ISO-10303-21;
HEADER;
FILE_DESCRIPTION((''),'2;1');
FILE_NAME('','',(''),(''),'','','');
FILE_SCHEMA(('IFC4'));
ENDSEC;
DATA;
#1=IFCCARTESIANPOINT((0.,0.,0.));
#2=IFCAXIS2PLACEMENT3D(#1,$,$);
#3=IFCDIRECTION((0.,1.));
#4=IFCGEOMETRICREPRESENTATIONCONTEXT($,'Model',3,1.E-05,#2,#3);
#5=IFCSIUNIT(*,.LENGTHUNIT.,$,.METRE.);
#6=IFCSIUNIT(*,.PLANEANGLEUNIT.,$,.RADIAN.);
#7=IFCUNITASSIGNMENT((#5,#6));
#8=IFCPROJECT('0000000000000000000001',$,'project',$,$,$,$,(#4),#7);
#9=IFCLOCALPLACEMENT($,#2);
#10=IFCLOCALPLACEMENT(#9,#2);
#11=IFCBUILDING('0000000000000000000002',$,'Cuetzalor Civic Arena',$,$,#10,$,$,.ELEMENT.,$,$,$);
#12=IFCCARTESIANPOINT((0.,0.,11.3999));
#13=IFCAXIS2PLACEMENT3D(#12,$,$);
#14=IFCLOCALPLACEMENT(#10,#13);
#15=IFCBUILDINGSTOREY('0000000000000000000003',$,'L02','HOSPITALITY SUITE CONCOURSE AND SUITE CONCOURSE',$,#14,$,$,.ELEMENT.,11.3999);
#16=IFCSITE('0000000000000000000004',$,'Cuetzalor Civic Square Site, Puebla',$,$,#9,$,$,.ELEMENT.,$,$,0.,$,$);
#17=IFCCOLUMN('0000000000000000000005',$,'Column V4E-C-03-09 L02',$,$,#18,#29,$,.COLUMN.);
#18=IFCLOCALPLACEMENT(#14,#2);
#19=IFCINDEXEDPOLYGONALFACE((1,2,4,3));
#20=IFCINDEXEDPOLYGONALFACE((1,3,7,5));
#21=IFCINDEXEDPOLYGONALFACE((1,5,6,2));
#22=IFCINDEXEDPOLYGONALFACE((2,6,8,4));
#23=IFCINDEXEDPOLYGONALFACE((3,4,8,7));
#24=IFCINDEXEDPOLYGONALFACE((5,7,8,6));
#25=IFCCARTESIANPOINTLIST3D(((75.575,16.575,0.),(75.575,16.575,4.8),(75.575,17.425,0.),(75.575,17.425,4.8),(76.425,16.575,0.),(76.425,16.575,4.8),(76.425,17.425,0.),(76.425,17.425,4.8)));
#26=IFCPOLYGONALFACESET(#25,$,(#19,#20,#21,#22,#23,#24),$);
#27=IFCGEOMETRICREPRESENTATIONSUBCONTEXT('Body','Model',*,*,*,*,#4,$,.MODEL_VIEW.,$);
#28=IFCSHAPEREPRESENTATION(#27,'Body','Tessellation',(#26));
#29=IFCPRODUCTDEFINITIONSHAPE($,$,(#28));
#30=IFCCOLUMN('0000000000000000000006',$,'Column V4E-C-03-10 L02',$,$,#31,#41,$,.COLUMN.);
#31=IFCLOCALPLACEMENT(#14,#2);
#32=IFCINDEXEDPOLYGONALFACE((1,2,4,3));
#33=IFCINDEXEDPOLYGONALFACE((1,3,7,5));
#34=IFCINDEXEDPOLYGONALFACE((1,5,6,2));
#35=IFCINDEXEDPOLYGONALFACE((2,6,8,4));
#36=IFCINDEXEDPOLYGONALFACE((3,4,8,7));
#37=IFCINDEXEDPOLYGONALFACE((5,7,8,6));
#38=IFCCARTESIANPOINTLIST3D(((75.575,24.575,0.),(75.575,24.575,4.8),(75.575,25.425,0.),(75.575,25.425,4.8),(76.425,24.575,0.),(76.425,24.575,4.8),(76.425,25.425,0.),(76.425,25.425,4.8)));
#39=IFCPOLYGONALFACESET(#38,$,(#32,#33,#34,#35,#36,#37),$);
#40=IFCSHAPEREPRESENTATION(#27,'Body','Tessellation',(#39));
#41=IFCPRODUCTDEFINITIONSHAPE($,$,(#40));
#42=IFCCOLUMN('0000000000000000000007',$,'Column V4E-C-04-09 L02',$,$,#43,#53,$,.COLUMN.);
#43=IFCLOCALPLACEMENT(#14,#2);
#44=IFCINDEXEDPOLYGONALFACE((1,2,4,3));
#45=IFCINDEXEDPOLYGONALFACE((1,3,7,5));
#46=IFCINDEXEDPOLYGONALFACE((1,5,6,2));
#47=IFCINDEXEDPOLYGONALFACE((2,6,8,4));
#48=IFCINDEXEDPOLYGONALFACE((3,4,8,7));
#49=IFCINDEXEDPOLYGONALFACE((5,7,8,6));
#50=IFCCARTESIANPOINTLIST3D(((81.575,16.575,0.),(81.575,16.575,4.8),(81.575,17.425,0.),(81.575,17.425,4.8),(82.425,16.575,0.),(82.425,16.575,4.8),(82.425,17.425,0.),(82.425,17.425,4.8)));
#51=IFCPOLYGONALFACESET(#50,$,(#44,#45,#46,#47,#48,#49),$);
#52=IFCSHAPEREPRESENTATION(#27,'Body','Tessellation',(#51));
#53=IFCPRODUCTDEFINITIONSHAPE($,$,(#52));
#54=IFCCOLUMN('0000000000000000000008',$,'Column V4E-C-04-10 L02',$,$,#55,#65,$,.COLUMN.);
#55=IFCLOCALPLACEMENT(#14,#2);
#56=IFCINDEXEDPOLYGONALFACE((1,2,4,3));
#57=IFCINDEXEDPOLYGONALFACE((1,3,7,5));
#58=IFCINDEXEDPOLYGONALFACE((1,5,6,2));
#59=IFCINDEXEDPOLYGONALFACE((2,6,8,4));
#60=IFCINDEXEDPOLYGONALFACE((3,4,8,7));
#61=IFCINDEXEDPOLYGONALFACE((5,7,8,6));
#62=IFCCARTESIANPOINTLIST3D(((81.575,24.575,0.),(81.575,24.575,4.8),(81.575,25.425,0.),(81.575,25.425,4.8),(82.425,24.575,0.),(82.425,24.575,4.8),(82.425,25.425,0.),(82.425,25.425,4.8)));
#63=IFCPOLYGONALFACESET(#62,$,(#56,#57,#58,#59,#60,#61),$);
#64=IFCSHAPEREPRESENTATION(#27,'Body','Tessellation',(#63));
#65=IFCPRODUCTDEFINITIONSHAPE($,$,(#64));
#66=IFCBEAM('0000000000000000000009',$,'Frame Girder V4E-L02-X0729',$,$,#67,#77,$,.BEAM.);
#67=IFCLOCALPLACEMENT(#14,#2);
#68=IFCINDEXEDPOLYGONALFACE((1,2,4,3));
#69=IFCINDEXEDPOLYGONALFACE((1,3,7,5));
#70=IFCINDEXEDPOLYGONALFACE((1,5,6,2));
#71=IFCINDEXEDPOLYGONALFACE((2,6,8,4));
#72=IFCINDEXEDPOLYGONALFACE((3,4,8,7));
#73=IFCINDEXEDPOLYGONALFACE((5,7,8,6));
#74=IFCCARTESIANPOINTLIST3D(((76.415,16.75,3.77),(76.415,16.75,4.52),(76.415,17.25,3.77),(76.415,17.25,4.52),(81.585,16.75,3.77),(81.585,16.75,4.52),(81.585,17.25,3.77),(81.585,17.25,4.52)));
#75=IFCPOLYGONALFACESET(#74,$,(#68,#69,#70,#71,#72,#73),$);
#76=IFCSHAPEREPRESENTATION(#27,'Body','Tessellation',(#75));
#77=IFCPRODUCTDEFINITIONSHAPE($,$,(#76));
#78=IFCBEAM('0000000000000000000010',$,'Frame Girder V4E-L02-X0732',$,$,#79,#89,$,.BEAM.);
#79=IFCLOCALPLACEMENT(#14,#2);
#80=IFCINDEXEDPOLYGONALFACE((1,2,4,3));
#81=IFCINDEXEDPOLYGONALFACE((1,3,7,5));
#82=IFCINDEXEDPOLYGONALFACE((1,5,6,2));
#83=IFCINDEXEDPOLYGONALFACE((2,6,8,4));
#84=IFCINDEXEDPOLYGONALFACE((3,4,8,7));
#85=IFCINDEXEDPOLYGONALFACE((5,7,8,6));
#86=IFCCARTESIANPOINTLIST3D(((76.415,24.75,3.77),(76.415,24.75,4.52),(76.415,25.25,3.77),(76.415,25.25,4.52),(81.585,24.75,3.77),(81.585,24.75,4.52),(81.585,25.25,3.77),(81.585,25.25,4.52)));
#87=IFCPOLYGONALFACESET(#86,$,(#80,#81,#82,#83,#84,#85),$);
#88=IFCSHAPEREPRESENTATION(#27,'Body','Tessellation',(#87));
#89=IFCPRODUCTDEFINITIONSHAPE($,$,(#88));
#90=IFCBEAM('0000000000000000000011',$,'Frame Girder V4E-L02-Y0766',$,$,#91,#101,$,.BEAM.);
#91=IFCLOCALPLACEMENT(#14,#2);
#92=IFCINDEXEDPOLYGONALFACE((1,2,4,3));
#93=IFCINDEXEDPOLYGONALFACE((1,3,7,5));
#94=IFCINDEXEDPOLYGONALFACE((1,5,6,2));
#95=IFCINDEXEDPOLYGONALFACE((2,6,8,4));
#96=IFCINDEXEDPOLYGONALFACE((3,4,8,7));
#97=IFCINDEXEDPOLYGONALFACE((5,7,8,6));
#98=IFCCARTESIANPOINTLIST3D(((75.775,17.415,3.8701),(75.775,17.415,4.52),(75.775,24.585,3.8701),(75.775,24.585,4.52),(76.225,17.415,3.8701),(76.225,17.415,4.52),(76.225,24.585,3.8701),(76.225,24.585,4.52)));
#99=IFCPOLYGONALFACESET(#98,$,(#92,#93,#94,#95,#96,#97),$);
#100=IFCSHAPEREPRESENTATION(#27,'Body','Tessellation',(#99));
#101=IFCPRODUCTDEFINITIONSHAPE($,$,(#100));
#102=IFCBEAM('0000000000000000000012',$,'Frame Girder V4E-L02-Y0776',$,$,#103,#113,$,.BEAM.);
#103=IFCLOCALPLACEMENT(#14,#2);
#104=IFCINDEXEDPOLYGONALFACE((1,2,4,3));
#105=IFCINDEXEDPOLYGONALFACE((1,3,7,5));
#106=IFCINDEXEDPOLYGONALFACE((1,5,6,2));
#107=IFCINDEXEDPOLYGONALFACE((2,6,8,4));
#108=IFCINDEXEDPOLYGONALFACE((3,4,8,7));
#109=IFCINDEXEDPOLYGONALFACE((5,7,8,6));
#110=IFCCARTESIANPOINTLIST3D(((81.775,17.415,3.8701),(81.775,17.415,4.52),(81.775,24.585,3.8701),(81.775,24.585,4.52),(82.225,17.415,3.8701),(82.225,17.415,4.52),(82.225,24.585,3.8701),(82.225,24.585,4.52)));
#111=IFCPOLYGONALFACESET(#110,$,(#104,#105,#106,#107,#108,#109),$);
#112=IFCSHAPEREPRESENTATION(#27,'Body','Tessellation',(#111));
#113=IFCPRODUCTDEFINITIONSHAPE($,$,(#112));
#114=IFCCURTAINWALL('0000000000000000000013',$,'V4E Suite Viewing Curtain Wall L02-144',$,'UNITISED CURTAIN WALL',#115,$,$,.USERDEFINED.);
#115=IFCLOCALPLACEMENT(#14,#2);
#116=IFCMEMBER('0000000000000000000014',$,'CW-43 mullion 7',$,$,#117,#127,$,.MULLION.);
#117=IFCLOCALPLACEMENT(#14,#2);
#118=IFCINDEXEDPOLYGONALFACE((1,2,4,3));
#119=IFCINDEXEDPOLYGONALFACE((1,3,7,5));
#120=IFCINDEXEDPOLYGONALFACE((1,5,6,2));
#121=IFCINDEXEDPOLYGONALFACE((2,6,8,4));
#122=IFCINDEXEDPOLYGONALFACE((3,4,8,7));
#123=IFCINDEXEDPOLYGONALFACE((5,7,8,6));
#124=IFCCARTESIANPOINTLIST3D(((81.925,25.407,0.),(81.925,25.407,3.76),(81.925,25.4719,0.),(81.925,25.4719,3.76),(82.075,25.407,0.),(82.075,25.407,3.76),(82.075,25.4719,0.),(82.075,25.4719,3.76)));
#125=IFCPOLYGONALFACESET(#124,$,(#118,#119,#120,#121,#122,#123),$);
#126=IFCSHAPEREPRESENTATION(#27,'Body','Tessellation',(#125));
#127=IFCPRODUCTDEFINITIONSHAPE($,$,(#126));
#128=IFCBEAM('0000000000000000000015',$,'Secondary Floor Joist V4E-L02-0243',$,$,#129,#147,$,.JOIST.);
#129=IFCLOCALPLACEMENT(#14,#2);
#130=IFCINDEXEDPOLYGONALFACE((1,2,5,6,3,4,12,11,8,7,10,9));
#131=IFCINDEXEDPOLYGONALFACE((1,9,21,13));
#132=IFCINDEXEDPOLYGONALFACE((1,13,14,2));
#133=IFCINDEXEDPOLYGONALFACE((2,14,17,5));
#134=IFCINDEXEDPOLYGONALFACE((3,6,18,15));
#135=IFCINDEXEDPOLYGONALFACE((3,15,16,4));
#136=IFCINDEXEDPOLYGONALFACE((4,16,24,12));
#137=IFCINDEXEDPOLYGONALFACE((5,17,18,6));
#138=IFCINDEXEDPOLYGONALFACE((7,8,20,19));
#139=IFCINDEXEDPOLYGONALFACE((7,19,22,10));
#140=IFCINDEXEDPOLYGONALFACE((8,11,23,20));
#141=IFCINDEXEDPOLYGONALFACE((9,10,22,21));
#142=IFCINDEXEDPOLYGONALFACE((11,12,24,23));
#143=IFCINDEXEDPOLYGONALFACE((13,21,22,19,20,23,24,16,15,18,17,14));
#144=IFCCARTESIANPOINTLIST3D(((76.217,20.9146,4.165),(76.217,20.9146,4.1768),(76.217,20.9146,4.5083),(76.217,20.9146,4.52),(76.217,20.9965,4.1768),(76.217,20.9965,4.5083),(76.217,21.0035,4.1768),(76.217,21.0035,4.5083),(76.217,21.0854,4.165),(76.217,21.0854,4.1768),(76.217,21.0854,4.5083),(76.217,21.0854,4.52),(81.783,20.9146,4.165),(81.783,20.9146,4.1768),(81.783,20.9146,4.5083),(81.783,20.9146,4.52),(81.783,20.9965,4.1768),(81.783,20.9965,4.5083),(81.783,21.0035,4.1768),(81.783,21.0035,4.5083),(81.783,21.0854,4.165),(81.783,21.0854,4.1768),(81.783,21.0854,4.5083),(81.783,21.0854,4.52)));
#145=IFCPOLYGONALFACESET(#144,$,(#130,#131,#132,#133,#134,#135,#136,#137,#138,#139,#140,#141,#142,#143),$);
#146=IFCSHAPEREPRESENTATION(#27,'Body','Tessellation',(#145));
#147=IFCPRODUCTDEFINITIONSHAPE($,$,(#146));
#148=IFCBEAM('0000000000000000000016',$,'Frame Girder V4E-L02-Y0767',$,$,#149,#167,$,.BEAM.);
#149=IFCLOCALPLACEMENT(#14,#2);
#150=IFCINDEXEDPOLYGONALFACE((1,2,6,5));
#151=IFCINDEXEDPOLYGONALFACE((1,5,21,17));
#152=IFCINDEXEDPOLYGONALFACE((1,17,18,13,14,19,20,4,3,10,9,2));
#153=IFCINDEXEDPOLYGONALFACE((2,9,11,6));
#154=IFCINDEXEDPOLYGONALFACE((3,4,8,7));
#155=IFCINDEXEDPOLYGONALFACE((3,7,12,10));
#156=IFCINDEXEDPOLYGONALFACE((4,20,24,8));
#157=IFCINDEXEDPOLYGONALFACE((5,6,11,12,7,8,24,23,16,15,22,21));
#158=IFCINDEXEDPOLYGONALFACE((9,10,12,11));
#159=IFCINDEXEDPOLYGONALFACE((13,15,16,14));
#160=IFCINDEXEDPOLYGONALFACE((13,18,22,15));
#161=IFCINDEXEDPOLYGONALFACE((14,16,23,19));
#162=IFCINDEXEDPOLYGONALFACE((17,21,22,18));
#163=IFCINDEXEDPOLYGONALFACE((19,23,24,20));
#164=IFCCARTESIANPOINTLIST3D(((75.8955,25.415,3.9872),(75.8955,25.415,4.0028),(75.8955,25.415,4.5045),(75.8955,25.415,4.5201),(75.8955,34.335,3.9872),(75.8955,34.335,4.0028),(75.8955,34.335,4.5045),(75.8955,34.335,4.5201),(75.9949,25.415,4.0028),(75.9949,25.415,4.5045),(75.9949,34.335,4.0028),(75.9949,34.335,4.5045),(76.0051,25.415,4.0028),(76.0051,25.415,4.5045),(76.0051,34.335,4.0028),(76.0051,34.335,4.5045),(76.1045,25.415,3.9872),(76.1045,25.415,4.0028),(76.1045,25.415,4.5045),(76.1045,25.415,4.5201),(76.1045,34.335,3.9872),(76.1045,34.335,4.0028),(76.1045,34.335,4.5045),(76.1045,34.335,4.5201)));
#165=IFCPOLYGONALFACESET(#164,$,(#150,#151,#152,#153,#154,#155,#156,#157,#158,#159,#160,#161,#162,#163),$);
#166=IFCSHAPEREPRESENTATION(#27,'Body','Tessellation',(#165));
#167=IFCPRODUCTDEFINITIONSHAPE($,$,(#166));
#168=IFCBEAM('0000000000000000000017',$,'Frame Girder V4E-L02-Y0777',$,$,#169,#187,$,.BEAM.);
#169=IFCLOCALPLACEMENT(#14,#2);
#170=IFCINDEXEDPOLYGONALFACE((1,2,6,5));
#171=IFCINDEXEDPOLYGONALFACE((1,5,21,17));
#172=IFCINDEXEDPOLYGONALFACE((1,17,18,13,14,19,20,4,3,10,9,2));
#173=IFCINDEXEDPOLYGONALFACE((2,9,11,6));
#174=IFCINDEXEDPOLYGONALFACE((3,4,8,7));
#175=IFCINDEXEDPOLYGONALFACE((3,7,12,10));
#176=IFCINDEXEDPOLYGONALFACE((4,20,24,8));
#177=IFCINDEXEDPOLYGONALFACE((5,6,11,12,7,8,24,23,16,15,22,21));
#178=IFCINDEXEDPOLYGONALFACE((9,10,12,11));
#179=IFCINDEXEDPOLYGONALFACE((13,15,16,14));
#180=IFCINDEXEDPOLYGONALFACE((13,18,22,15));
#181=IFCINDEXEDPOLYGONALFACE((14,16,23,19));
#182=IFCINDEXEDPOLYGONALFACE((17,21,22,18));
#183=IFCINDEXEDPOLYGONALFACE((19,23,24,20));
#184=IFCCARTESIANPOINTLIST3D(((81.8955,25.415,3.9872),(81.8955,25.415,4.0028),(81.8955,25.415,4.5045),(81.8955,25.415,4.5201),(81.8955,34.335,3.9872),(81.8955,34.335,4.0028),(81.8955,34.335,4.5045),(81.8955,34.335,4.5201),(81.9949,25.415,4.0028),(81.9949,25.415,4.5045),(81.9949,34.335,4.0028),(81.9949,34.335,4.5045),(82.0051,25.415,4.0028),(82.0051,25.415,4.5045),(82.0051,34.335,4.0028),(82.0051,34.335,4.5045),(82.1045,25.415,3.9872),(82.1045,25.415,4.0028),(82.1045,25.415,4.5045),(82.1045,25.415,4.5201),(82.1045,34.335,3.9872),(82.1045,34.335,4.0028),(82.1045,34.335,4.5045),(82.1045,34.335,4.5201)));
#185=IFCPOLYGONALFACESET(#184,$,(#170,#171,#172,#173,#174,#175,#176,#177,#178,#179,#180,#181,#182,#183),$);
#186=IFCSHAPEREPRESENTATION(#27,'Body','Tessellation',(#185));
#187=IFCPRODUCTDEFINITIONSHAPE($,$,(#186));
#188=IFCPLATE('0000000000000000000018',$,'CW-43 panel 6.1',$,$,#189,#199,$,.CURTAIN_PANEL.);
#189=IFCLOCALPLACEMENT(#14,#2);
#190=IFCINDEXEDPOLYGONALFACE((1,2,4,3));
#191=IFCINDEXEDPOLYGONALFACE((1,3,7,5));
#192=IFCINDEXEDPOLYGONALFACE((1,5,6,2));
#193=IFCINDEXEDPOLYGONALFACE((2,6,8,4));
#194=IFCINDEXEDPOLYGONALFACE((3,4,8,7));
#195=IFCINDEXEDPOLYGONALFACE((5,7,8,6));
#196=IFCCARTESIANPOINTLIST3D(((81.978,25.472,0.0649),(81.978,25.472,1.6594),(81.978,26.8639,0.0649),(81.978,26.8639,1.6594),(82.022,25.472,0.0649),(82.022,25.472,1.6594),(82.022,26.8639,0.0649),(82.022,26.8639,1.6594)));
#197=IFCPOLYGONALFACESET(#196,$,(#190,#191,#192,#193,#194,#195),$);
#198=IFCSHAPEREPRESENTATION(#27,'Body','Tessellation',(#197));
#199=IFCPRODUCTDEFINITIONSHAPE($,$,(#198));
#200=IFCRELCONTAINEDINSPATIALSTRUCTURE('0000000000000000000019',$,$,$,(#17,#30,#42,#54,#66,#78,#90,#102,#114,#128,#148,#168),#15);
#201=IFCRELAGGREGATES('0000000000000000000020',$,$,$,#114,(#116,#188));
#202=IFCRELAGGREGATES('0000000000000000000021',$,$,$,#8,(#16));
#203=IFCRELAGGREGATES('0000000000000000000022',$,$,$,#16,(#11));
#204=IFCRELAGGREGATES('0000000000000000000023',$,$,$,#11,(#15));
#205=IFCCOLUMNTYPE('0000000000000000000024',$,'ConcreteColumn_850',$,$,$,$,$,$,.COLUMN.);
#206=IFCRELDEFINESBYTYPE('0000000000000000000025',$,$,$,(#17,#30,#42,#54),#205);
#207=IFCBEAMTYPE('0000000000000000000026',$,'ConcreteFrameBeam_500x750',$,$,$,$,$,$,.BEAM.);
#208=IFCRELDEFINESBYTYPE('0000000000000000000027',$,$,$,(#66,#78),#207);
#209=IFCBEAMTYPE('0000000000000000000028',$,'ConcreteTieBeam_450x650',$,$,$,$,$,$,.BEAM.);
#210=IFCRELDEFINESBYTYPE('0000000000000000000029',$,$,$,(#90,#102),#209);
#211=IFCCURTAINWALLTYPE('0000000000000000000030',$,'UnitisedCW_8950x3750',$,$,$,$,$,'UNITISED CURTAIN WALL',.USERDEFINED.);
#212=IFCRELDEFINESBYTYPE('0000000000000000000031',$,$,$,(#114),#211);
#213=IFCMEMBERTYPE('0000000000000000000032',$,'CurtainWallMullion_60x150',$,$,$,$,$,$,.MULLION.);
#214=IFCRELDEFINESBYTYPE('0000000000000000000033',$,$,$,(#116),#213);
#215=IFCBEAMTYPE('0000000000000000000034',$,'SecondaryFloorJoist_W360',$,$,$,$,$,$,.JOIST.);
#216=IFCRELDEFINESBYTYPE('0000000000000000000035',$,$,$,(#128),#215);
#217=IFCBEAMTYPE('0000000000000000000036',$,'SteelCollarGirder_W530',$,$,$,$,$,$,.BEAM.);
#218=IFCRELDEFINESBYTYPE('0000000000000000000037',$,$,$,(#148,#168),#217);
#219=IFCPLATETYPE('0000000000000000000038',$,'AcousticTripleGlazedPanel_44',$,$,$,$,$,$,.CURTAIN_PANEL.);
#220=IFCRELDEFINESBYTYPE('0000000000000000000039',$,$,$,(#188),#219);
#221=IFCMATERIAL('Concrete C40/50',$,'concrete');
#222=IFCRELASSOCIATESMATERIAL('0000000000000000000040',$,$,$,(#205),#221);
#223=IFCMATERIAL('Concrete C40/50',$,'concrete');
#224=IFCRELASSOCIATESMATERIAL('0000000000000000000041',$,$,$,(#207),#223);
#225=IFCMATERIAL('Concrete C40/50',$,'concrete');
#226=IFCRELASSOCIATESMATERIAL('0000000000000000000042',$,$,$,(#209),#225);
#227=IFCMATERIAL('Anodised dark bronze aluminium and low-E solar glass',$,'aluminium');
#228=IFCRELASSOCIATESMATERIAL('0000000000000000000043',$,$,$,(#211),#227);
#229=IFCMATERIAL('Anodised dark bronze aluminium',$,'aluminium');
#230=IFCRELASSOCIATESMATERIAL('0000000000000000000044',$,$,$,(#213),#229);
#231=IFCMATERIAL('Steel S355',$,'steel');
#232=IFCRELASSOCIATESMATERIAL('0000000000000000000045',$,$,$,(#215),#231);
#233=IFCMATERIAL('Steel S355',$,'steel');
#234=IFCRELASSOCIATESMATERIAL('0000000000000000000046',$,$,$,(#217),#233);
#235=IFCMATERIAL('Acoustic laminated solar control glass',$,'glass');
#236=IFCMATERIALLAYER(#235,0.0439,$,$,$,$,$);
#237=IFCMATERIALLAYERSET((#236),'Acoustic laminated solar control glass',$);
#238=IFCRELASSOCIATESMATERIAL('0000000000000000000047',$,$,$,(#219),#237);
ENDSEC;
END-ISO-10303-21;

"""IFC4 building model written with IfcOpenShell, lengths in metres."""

from ifc_helpers import new_model, si_unit, direction, frame, origin, origin_2d, place, context, subcontext, project, spatial, rectangle, i_section, extrude, material, layer, layer_set, material_profile, profile_set, type_object, element, aggregate, save


model = new_model("IFC4")

# Units and contexts
model_context = context("Model", 3, precision=1e-05, world=origin(), true_north=direction((0.0, 1.0)))
body_context = subcontext(model_context, "Body", "Model", "MODEL_VIEW")
ifc_project = project(units=[si_unit("LENGTHUNIT", "METRE"), si_unit("PLANEANGLEUNIT", "RADIAN")], contexts=[model_context])

# Site, building, storey
site_placement = place(None, origin())
site = spatial("IfcSite", under=ifc_project, at=site_placement, Name="Cuetzalor Civic Square Site, Puebla", CompositionType="ELEMENT", RefElevation=0.0)
building_placement = place(site_placement, origin())
building = spatial("IfcBuilding", under=site, at=building_placement, Name="Cuetzalor Civic Arena", CompositionType="ELEMENT")
storey_placement = place(building_placement, frame((0.0, 0.0, 11.3999)))
storey = spatial("IfcBuildingStorey", under=building, at=storey_placement, Name="L02", Description="HOSPITALITY SUITE CONCOURSE AND SUITE CONCOURSE", CompositionType="ELEMENT", Elevation=11.3999)

# Columns
ifc_material_1 = material(Name="Concrete C40/50", Category="concrete")
ifc_material_profile_1 = material_profile(ifc_material_1, rectangle(XDim=0.8501, YDim=0.8501, at=origin_2d()), Name="RC 850x850")
ifc_profile_set_1 = profile_set([ifc_material_profile_1], Name="Concrete C40/50")
column_type = type_object("IfcColumnType", Name="ConcreteColumn_850", PredefinedType="COLUMN", material=ifc_profile_set_1)
for number, where, z_axis, x_axis, name in (
    (1, (76.0, 17.0, 0.0), (0.0, 0.0, 1.0), (1.0, 0.0, 0.0), "Column V4E-C-03-09 L02"),
    (2, (76.0, 25.0, 0.0), (0.0, 0.0, 1.0), (1.0, 0.0, 0.0), "Column V4E-C-03-10 L02"),
    (3, (82.0, 17.0, 0.0), (0.0, 0.0, 1.0), (1.0, 0.0, 0.0), "Column V4E-C-04-09 L02"),
    (4, (82.0, 25.0, 0.0), (0.0, 0.0, 1.0), (1.0, 0.0, 0.0), "Column V4E-C-04-10 L02"),
):
    element("IfcColumn", number, at=place(storey_placement, frame(where, z_axis=z_axis, x_axis=x_axis)), inside=storey, type_object=column_type, Name=name, PredefinedType="COLUMN", context=body_context, shape_type="SweptSolid", body=[
        extrude(rectangle(XDim=0.8501, YDim=0.8501, at=origin_2d()), origin(), (0.0, 0.0, 1.0), 4.8),
    ])

# Beams
ifc_material_2 = material(Name="Concrete C40/50", Category="concrete")
ifc_material_profile_2 = material_profile(ifc_material_2, rectangle(XDim=0.5, YDim=0.75, at=origin_2d()), Name="RC 500x750")
ifc_profile_set_2 = profile_set([ifc_material_profile_2], Name="Concrete C40/50")
beam_type_1 = type_object("IfcBeamType", Name="ConcreteFrameBeam_500x750", PredefinedType="BEAM", material=ifc_profile_set_2)
for number, where, z_axis, x_axis, name in (
    (5, (76.415, 17.0, 4.145), (1.0, 0.0, 0.0), (0.0, 1.0, 0.0), "Frame Girder V4E-L02-X0729"),
    (6, (76.415, 25.0, 4.145), (1.0, 0.0, 0.0), (0.0, 1.0, 0.0), "Frame Girder V4E-L02-X0732"),
):
    element("IfcBeam", number, at=place(storey_placement, frame(where, z_axis=z_axis, x_axis=x_axis)), inside=storey, type_object=beam_type_1, Name=name, PredefinedType="BEAM", context=body_context, shape_type="SweptSolid", body=[
        extrude(rectangle(XDim=0.5, YDim=0.75, at=origin_2d()), origin(), (0.0, 0.0, 1.0), 5.1699),
    ])
ifc_material_3 = material(Name="Concrete C40/50", Category="concrete")
ifc_material_profile_3 = material_profile(ifc_material_3, rectangle(XDim=0.45, YDim=0.6499, at=origin_2d()), Name="RC 450x650")
ifc_profile_set_3 = profile_set([ifc_material_profile_3], Name="Concrete C40/50")
beam_type_2 = type_object("IfcBeamType", Name="ConcreteTieBeam_450x650", PredefinedType="BEAM", material=ifc_profile_set_3)
for number, where, z_axis, x_axis, name in (
    (7, (76.0, 17.415, 4.1951), (0.0, 1.0, 0.0), (-1.0, 0.0, 0.0), "Frame Girder V4E-L02-Y0766"),
    (8, (82.0, 17.415, 4.1951), (0.0, 1.0, 0.0), (-1.0, 0.0, 0.0), "Frame Girder V4E-L02-Y0776"),
):
    element("IfcBeam", number, at=place(storey_placement, frame(where, z_axis=z_axis, x_axis=x_axis)), inside=storey, type_object=beam_type_2, Name=name, PredefinedType="BEAM", context=body_context, shape_type="SweptSolid", body=[
        extrude(rectangle(XDim=0.45, YDim=0.6499, at=origin_2d()), origin(), (0.0, 0.0, 1.0), 7.1699),
    ])

# Curtain wall, member
ifc_material_4 = material(Name="Anodised dark bronze aluminium and low-E solar glass", Category="aluminium")
curtain_wall_type = type_object("IfcCurtainWallType", Name="UnitisedCW_8950x3750", ElementType="UNITISED CURTAIN WALL", PredefinedType="USERDEFINED", material=ifc_material_4)
curtain_wall_placement = place(storey_placement, origin())
curtain_wall = element("IfcCurtainWall", 9, at=curtain_wall_placement, inside=storey, type_object=curtain_wall_type, Name="V4E Suite Viewing Curtain Wall L02-144", ObjectType="UNITISED CURTAIN WALL", PredefinedType="USERDEFINED")
ifc_material_5 = material(Name="Anodised dark bronze aluminium", Category="aluminium")
ifc_material_profile_4 = material_profile(ifc_material_5, rectangle(XDim=0.0649, YDim=0.1499, at=origin_2d()), Name="ALU MULLION 65x150")
ifc_profile_set_4 = profile_set([ifc_material_profile_4], Name="Anodised dark bronze aluminium")
member_type = type_object("IfcMemberType", Name="CurtainWallMullion_60x150", PredefinedType="MULLION", material=ifc_profile_set_4)
member_placement = place(storey_placement, frame((82.0, 25.4395, 0.0), z_axis=(0.0, 0.0, 1.0), x_axis=(0.0, -1.0, 0.0)))
member = element("IfcMember", 10, at=member_placement, type_object=member_type, Name="CW-43 mullion 7", PredefinedType="MULLION", context=body_context, shape_type="SweptSolid", body=[
    extrude(rectangle(XDim=0.0649, YDim=0.1499, at=origin_2d()), origin(), (0.0, 0.0, 1.0), 3.76),
])

# Beams
ifc_material_6 = material(Name="Steel S355", Category="steel")
ifc_material_profile_5 = material_profile(ifc_material_6, i_section(OverallWidth=0.1709, OverallDepth=0.355, WebThickness=0.0071, FlangeThickness=0.0117, at=origin_2d()), Name="W360x51")
ifc_profile_set_5 = profile_set([ifc_material_profile_5], Name="Steel S355")
beam_type_3 = type_object("IfcBeamType", Name="SecondaryFloorJoist_W360", PredefinedType="JOIST", material=ifc_profile_set_5)
beam_placement = place(storey_placement, frame((76.217, 21.0, 4.3425), z_axis=(1.0, 0.0, 0.0), x_axis=(0.0, 1.0, 0.0)))
element("IfcBeam", 11, at=beam_placement, inside=storey, type_object=beam_type_3, Name="Secondary Floor Joist V4E-L02-0243", PredefinedType="JOIST", context=body_context, shape_type="SweptSolid", body=[
    extrude(i_section(OverallWidth=0.1709, OverallDepth=0.355, WebThickness=0.0071, FlangeThickness=0.0117, at=origin_2d()), origin(), (0.0, 0.0, 1.0), 5.5659),
])
ifc_material_7 = material(Name="Steel S355", Category="steel")
ifc_material_profile_6 = material_profile(ifc_material_7, i_section(OverallWidth=0.209, OverallDepth=0.533, WebThickness=0.0103, FlangeThickness=0.0156, at=origin_2d()), Name="W530x92")
ifc_profile_set_6 = profile_set([ifc_material_profile_6], Name="Steel S355")
beam_type_4 = type_object("IfcBeamType", Name="SteelCollarGirder_W530", PredefinedType="BEAM", material=ifc_profile_set_6)
for number, where, z_axis, x_axis, name in (
    (12, (76.0, 25.415, 4.2537), (0.0, 1.0, 0.0), (-1.0, 0.0, 0.0), "Frame Girder V4E-L02-Y0767"),
    (13, (82.0, 25.415, 4.2537), (0.0, 1.0, 0.0), (-1.0, 0.0, 0.0), "Frame Girder V4E-L02-Y0777"),
):
    element("IfcBeam", number, at=place(storey_placement, frame(where, z_axis=z_axis, x_axis=x_axis)), inside=storey, type_object=beam_type_4, Name=name, PredefinedType="BEAM", context=body_context, shape_type="SweptSolid", body=[
        extrude(i_section(OverallWidth=0.209, OverallDepth=0.533, WebThickness=0.0103, FlangeThickness=0.0156, at=origin_2d()), origin(), (0.0, 0.0, 1.0), 8.9199),
    ])

# Plate
ifc_material_8 = material(Name="Acoustic laminated solar control glass", Category="glass")
ifc_layer_1 = layer(ifc_material_8, 0.0439)
ifc_layer_set_1 = layer_set([ifc_layer_1], Name="Acoustic laminated solar control glass")
plate_type = type_object("IfcPlateType", Name="AcousticTripleGlazedPanel_44", PredefinedType="CURTAIN_PANEL", material=ifc_layer_set_1)
plate_1_placement = place(storey_placement, frame((82.0, 26.168, 0.0649), z_axis=(0.0, 0.0, 1.0), x_axis=(0.0, -1.0, 0.0)))
plate_1 = element("IfcPlate", 14, at=plate_1_placement, type_object=plate_type, Name="CW-43 panel 6.1", PredefinedType="CURTAIN_PANEL", context=body_context, shape_type="SweptSolid", body=[
    extrude(rectangle(XDim=1.3918, YDim=0.0439, at=origin_2d()), origin(), (0.0, 0.0, 1.0), 1.5945),
])
aggregate(curtain_wall, [member, plate_1])

save(model, "model.ifc")
